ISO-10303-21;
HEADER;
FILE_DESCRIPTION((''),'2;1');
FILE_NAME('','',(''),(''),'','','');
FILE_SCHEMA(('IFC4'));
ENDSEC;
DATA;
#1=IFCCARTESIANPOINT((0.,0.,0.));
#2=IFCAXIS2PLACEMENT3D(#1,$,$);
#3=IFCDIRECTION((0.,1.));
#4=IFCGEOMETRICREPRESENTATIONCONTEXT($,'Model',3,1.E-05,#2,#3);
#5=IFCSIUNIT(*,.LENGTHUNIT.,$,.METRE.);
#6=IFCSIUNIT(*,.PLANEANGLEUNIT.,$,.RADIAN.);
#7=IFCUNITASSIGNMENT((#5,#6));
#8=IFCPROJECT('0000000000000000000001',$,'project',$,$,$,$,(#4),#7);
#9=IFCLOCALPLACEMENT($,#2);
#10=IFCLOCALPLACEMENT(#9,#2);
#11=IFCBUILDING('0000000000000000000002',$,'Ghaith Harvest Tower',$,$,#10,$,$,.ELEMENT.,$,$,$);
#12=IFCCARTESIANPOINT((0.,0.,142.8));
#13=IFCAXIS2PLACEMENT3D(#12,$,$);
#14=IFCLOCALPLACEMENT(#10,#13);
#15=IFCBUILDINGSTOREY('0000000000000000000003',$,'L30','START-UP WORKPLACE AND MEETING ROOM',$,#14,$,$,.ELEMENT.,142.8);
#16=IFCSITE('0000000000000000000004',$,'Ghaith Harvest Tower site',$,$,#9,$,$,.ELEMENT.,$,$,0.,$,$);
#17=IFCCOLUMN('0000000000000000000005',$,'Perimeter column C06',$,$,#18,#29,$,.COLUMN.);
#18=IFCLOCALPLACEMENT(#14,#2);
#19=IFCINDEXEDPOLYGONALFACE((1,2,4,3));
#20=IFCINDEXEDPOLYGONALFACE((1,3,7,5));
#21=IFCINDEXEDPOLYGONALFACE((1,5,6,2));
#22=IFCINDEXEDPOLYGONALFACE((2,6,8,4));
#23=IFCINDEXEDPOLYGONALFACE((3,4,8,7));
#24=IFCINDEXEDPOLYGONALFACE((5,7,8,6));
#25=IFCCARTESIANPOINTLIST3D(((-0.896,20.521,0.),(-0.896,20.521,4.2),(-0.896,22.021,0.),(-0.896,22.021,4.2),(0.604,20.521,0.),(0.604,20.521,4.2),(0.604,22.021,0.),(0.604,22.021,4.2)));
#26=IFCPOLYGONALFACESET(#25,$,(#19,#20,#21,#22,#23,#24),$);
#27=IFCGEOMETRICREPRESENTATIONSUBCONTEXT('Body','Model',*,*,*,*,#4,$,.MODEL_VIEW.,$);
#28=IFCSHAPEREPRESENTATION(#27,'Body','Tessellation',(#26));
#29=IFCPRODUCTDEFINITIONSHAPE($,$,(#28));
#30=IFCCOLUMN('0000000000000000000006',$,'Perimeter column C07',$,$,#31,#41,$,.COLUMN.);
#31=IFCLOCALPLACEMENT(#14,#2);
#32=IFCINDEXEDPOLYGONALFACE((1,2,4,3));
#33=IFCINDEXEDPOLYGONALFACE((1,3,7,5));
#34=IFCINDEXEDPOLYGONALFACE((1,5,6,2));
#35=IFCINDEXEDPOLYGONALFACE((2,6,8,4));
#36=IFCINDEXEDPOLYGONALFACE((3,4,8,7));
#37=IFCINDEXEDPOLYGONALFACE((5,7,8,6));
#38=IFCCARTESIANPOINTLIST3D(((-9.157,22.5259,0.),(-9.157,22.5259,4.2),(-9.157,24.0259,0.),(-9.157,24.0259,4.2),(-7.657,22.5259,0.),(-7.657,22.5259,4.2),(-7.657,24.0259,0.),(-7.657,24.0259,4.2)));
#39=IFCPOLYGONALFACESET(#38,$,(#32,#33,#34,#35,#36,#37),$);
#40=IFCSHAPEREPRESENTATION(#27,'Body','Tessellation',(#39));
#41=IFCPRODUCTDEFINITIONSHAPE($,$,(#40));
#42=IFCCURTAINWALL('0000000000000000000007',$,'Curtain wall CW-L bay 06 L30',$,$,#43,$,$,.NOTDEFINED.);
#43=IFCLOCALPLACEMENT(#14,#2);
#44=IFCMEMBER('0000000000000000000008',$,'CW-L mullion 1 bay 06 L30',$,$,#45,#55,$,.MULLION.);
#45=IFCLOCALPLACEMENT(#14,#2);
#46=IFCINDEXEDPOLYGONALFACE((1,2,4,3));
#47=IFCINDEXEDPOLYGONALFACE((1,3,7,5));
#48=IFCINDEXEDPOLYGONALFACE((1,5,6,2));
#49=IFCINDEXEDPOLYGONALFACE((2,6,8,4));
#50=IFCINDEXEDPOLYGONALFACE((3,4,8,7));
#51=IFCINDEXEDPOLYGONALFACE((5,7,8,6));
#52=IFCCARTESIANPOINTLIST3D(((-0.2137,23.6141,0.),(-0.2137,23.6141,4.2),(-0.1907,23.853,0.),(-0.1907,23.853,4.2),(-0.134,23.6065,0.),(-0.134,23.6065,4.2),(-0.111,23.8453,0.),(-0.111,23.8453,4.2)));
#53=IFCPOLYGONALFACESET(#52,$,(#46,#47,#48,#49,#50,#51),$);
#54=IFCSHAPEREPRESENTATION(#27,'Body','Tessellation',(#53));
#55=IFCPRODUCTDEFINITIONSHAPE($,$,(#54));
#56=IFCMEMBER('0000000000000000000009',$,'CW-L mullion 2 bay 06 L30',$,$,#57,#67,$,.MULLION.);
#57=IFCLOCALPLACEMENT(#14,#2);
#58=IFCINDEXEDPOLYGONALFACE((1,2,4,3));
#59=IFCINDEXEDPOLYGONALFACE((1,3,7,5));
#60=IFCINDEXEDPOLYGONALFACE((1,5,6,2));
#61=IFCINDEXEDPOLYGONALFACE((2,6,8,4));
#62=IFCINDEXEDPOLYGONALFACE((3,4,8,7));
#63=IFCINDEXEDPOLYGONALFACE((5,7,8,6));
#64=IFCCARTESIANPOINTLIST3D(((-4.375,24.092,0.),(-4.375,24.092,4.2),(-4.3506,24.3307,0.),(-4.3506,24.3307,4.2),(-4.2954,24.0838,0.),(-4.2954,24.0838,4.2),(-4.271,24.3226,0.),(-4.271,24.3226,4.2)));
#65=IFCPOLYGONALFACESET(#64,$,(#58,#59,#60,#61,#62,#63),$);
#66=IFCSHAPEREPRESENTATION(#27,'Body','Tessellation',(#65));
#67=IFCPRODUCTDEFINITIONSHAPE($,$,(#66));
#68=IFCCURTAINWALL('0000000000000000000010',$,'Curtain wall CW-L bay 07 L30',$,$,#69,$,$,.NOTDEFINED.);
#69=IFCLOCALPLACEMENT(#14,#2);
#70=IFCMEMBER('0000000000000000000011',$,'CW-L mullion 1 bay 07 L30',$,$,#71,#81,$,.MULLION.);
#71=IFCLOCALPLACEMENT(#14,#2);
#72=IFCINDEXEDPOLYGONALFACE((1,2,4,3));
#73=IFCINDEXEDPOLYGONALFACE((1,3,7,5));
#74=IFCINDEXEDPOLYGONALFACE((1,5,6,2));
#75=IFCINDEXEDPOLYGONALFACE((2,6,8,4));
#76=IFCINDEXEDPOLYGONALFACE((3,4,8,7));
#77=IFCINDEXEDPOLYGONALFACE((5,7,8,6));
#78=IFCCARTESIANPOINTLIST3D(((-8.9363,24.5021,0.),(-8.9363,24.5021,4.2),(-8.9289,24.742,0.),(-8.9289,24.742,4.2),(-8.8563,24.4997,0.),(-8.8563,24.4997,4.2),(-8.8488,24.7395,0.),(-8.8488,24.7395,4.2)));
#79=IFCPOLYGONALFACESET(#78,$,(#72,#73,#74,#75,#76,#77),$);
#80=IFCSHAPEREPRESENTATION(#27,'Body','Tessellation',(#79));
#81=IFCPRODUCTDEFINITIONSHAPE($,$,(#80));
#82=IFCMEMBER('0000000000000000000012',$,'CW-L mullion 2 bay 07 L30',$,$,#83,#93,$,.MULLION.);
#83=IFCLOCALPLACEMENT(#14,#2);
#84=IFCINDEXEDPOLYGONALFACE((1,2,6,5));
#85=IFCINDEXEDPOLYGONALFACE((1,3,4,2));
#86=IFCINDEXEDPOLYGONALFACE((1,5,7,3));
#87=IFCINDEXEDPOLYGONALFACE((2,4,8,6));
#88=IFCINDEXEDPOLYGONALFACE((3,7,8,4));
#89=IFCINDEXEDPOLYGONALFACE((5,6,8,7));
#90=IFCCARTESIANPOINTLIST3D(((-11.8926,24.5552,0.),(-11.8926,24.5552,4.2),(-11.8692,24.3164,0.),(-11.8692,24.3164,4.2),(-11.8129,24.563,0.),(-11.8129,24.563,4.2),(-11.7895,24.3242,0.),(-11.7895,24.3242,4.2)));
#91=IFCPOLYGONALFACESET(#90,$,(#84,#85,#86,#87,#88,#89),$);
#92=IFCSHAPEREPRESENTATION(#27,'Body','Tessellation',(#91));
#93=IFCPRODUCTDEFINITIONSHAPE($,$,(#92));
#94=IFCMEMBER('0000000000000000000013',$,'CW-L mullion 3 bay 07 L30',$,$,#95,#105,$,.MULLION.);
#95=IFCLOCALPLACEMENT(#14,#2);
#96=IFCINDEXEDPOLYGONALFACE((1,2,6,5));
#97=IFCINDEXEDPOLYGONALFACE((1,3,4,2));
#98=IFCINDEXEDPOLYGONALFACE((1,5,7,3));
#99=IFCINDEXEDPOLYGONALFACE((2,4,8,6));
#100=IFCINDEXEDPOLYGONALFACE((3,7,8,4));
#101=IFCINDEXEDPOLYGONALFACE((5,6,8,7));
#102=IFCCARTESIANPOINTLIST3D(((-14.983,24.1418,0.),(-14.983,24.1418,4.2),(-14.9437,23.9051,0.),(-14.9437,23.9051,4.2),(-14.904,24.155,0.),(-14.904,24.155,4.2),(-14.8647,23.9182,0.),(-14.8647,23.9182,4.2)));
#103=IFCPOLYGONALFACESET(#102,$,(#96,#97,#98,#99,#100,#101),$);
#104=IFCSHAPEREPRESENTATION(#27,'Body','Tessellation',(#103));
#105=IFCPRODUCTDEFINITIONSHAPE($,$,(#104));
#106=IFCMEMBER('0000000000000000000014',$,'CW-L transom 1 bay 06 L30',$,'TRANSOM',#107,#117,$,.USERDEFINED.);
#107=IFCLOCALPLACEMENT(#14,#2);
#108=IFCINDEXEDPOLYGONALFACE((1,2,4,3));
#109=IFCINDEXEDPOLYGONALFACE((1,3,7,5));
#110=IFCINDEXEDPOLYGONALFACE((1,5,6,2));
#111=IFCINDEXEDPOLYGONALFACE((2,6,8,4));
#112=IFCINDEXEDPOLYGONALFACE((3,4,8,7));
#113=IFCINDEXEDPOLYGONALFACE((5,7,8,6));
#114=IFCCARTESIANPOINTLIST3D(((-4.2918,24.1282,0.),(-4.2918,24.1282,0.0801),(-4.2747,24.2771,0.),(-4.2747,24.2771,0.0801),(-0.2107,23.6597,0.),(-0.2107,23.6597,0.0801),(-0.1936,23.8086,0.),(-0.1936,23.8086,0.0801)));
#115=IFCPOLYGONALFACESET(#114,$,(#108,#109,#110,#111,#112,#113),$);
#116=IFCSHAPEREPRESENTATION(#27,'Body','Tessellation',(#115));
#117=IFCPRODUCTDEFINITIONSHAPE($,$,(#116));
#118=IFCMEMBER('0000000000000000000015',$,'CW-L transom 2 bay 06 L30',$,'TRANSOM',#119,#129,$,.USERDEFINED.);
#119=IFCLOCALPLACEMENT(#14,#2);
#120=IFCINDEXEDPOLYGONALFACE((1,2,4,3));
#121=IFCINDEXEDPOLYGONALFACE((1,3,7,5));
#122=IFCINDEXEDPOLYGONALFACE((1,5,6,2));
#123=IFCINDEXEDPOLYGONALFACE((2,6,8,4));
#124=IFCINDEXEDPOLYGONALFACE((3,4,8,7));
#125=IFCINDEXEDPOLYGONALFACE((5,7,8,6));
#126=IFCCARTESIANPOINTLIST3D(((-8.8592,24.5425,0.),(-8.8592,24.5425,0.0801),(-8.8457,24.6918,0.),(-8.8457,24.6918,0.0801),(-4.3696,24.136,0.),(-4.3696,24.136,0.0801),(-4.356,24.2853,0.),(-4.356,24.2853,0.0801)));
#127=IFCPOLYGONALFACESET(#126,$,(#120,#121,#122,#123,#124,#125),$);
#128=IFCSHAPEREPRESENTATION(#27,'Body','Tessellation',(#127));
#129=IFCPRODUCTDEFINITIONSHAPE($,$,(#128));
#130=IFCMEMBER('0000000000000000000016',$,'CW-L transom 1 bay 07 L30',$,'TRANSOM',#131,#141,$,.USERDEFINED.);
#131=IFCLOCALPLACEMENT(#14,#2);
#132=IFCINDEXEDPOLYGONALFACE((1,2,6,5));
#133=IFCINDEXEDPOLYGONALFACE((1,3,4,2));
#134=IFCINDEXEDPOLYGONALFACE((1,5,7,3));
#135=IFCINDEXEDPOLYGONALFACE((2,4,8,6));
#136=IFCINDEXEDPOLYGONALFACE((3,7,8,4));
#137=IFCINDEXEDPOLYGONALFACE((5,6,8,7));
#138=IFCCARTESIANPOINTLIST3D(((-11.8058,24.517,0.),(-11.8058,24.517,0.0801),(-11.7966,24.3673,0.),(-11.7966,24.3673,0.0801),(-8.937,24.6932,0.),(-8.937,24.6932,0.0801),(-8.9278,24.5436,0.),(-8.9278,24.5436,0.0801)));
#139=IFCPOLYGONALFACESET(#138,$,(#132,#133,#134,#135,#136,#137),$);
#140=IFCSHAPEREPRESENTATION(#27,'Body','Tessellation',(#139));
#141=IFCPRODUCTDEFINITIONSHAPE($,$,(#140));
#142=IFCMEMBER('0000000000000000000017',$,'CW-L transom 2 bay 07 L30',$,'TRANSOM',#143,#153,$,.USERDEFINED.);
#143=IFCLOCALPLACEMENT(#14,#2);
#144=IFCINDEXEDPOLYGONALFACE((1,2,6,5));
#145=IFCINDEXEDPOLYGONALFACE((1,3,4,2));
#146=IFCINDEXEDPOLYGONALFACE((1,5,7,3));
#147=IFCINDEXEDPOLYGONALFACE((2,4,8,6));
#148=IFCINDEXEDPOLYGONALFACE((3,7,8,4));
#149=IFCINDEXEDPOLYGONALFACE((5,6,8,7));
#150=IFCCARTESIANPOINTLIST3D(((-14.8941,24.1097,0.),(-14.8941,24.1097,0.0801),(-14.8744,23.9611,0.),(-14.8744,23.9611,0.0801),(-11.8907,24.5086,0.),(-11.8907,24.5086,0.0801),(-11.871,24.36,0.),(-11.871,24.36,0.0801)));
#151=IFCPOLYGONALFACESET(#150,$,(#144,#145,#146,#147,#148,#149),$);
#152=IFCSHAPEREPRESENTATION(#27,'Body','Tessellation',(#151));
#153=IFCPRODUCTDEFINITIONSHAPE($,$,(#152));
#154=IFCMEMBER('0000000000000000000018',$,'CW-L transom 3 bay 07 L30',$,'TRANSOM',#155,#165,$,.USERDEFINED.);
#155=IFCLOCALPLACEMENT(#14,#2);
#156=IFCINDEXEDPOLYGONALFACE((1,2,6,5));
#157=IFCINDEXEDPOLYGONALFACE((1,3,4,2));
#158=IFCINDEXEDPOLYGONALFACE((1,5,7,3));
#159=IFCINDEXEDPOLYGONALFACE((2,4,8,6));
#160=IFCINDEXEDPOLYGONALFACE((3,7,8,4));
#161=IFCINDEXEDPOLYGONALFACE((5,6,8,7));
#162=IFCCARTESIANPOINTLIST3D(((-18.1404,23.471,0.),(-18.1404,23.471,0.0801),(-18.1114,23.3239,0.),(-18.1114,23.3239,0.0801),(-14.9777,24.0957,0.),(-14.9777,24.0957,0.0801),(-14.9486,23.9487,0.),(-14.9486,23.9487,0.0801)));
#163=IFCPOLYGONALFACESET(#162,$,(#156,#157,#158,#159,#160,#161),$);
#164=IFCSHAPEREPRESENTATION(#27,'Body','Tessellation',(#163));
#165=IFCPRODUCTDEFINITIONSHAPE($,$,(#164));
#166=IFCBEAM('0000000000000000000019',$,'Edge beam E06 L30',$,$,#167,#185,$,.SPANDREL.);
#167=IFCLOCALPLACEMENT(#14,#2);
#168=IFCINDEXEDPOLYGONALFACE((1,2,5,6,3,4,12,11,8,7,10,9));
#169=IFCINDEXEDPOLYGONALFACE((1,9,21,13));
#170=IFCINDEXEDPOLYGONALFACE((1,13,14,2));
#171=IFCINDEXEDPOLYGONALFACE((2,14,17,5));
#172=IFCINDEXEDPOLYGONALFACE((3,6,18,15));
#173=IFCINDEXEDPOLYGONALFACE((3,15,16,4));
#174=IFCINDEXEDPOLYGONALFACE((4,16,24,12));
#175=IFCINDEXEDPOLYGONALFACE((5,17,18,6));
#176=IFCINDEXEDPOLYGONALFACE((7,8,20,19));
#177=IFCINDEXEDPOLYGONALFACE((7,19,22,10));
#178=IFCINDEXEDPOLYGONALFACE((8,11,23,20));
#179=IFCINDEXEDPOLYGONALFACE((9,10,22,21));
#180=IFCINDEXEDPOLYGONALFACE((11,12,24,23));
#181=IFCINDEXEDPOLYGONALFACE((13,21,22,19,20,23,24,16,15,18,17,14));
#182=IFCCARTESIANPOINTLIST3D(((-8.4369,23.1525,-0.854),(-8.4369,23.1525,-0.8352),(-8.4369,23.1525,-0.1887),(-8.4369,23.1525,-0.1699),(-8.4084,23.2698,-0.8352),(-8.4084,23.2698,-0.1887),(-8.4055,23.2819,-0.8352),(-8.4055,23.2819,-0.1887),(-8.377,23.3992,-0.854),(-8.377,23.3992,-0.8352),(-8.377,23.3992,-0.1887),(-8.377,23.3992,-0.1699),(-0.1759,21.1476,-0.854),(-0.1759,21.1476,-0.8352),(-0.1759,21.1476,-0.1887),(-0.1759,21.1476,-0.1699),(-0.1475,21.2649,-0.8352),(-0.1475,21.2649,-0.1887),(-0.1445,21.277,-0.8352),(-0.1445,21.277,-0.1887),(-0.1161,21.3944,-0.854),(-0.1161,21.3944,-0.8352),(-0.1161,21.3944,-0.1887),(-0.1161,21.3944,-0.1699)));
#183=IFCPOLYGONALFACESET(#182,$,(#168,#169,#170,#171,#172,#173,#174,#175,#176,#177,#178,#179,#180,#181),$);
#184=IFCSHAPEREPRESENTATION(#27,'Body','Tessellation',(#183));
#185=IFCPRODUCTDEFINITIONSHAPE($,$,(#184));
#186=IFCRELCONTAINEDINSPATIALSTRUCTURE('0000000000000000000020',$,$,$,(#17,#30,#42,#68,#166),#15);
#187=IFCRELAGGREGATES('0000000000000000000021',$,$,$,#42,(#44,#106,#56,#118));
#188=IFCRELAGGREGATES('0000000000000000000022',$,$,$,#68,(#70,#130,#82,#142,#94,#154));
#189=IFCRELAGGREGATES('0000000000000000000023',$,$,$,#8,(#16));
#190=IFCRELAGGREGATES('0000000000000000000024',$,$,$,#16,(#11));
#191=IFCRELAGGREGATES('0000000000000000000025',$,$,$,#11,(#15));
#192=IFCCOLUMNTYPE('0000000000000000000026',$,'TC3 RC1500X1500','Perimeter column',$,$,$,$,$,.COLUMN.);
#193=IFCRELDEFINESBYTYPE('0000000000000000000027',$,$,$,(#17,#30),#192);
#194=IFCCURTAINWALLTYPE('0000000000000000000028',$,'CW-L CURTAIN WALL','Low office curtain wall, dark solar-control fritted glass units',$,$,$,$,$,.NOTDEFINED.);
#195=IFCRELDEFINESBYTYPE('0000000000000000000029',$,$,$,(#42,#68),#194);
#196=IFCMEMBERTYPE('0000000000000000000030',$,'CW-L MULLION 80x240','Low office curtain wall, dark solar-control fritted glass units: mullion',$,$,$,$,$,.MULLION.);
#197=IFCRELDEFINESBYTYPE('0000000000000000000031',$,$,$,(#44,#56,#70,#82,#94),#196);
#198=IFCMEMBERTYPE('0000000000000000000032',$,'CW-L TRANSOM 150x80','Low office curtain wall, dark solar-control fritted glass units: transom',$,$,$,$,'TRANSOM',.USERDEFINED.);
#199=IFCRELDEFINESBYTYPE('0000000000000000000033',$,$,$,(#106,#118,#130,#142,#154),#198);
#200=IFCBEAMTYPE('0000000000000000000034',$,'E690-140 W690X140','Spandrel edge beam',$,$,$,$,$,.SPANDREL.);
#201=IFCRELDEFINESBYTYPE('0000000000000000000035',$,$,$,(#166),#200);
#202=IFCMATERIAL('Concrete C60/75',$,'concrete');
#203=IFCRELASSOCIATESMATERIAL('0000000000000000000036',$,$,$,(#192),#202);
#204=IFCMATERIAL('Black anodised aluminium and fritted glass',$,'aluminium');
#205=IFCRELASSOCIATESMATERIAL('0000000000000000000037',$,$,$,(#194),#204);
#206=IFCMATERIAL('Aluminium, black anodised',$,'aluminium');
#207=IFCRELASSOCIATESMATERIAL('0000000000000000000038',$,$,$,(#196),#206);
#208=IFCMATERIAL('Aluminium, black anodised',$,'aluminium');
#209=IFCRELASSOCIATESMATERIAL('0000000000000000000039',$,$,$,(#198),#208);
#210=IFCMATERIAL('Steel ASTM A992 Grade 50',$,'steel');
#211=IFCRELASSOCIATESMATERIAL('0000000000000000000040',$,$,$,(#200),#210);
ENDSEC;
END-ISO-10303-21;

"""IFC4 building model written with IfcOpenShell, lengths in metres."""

from ifc_helpers import new_model, si_unit, direction, frame, origin, origin_2d, place, context, subcontext, project, spatial, rectangle, i_section, extrude, material, material_profile, profile_set, type_object, element, aggregate, save


model = new_model("IFC4")

# Units and contexts
model_context = context("Model", 3, precision=1e-05, world=origin(), true_north=direction((0.0, 1.0)))
body_context = subcontext(model_context, "Body", "Model", "MODEL_VIEW")
ifc_project = project(units=[si_unit("LENGTHUNIT", "METRE"), si_unit("PLANEANGLEUNIT", "RADIAN")], contexts=[model_context])

# Site, building, storey
site_placement = place(None, origin())
site = spatial("IfcSite", under=ifc_project, at=site_placement, Name="Ghaith Harvest Tower site", CompositionType="ELEMENT", RefElevation=0.0)
building_placement = place(site_placement, origin())
building = spatial("IfcBuilding", under=site, at=building_placement, Name="Ghaith Harvest Tower", CompositionType="ELEMENT")
storey_placement = place(building_placement, frame((0.0, 0.0, 142.8)))
storey = spatial("IfcBuildingStorey", under=building, at=storey_placement, Name="L30", Description="START-UP WORKPLACE AND MEETING ROOM", CompositionType="ELEMENT", Elevation=142.8)

# Columns
ifc_material_1 = material(Name="Concrete C60/75", Category="concrete")
ifc_material_profile_1 = material_profile(ifc_material_1, rectangle(XDim=1.5, YDim=1.5, at=origin_2d()), Name="RC1500X1500")
ifc_profile_set_1 = profile_set([ifc_material_profile_1], Name="Concrete C60/75")
column_type = type_object("IfcColumnType", Name="TC3 RC1500X1500", Description="Perimeter column", PredefinedType="COLUMN", material=ifc_profile_set_1)
for number, where, z_axis, x_axis, name in (
    (1, (-0.146, 21.271, 0.0), (0.0, 0.0, 1.0), (1.0, 0.0, 0.0), "Perimeter column C06"),
    (2, (-8.407, 23.2759, 0.0), (0.0, 0.0, 1.0), (1.0, 0.0, 0.0), "Perimeter column C07"),
):
    element("IfcColumn", number, at=place(storey_placement, frame(where, z_axis=z_axis, x_axis=x_axis)), inside=storey, type_object=column_type, Name=name, PredefinedType="COLUMN", context=body_context, shape_type="SweptSolid", body=[
        extrude(rectangle(XDim=1.5, YDim=1.5, at=origin_2d()), origin(), (0.0, 0.0, 1.0), 4.2),
    ])

# Curtain walls, members
ifc_material_2 = material(Name="Black anodised aluminium and fritted glass", Category="aluminium")
curtain_wall_type = type_object("IfcCurtainWallType", Name="CW-L CURTAIN WALL", Description="Low office curtain wall, dark solar-control fritted glass units", PredefinedType="NOTDEFINED", material=ifc_material_2)
curtain_wall_1_placement = place(storey_placement, origin())
curtain_wall_1 = element("IfcCurtainWall", 3, at=curtain_wall_1_placement, inside=storey, type_object=curtain_wall_type, Name="Curtain wall CW-L bay 06 L30", PredefinedType="NOTDEFINED")
ifc_material_3 = material(Name="Aluminium, black anodised", Category="aluminium")
ifc_material_profile_2 = material_profile(ifc_material_3, rectangle(XDim=0.0801, YDim=0.24, at=origin_2d()), Name="CW-L MULLION 80x240")
ifc_profile_set_2 = profile_set([ifc_material_profile_2], Name="Aluminium, black anodised")
member_type_1 = type_object("IfcMemberType", Name="CW-L MULLION 80x240", Description="Low office curtain wall, dark solar-control fritted glass units: mullion", PredefinedType="MULLION", material=ifc_profile_set_2)
member_1_placement = place(storey_placement, frame((-0.1624, 23.7297, 0.0), z_axis=(0.0, 0.0, 1.0), x_axis=(-0.995388, 0.09593, 0.0)))
member_1 = element("IfcMember", 4, at=member_1_placement, type_object=member_type_1, Name="CW-L mullion 1 bay 06 L30", PredefinedType="MULLION", context=body_context, shape_type="SweptSolid", body=[
    extrude(rectangle(XDim=0.0801, YDim=0.24, at=origin_2d()), origin(), (0.0, 0.0, 1.0), 4.2),
])
member_2_placement = place(storey_placement, frame((-4.323, 24.2073, 0.0), z_axis=(0.0, 0.0, 1.0), x_axis=(-0.99483, 0.101551, 0.0)))
member_2 = element("IfcMember", 5, at=member_2_placement, type_object=member_type_1, Name="CW-L mullion 2 bay 06 L30", PredefinedType="MULLION", context=body_context, shape_type="SweptSolid", body=[
    extrude(rectangle(XDim=0.0801, YDim=0.24, at=origin_2d()), origin(), (0.0, 0.0, 1.0), 4.2),
])
curtain_wall_2_placement = place(storey_placement, origin())
curtain_wall_2 = element("IfcCurtainWall", 6, at=curtain_wall_2_placement, inside=storey, type_object=curtain_wall_type, Name="Curtain wall CW-L bay 07 L30", PredefinedType="NOTDEFINED")
member_3_placement = place(storey_placement, frame((-8.8926, 24.6208, 0.0), z_axis=(0.0, 0.0, 1.0), x_axis=(-0.999522, 0.030909, 0.0)))
member_3 = element("IfcMember", 7, at=member_3_placement, type_object=member_type_1, Name="CW-L mullion 1 bay 07 L30", PredefinedType="MULLION", context=body_context, shape_type="SweptSolid", body=[
    extrude(rectangle(XDim=0.0801, YDim=0.24, at=origin_2d()), origin(), (0.0, 0.0, 1.0), 4.2),
])
member_4_placement = place(storey_placement, frame((-11.8411, 24.4397, 0.0), z_axis=(0.0, 0.0, 1.0), x_axis=(-0.995238, -0.09748, 0.0)))
member_4 = element("IfcMember", 8, at=member_4_placement, type_object=member_type_1, Name="CW-L mullion 2 bay 07 L30", PredefinedType="MULLION", context=body_context, shape_type="SweptSolid", body=[
    extrude(rectangle(XDim=0.0801, YDim=0.24, at=origin_2d()), origin(), (0.0, 0.0, 1.0), 4.2),
])
member_5_placement = place(storey_placement, frame((-14.9238, 24.03, 0.0), z_axis=(0.0, 0.0, 1.0), x_axis=(-0.986495, -0.163794, 0.0)))
member_5 = element("IfcMember", 9, at=member_5_placement, type_object=member_type_1, Name="CW-L mullion 3 bay 07 L30", PredefinedType="MULLION", context=body_context, shape_type="SweptSolid", body=[
    extrude(rectangle(XDim=0.0801, YDim=0.24, at=origin_2d()), origin(), (0.0, 0.0, 1.0), 4.2),
])

# Members
ifc_material_4 = material(Name="Aluminium, black anodised", Category="aluminium")
ifc_material_profile_3 = material_profile(ifc_material_4, rectangle(XDim=0.1499, YDim=0.0801, at=origin_2d()), Name="CW-L TRANSOM 150x80")
ifc_profile_set_3 = profile_set([ifc_material_profile_3], Name="Aluminium, black anodised")
member_type_2 = type_object("IfcMemberType", Name="CW-L TRANSOM 150x80", Description="Low office curtain wall, dark solar-control fritted glass units: transom", ElementType="TRANSOM", PredefinedType="USERDEFINED", material=ifc_profile_set_3)
member_6_placement = place(storey_placement, frame((-0.2021, 23.7341, 0.04), z_axis=(-0.993475, 0.114051, 0.0), x_axis=(-0.114051, -0.993475, 0.0)))
member_6 = element("IfcMember", 10, at=member_6_placement, type_object=member_type_2, Name="CW-L transom 1 bay 06 L30", ObjectType="TRANSOM", PredefinedType="USERDEFINED", context=body_context, shape_type="SweptSolid", body=[
    extrude(rectangle(XDim=0.1499, YDim=0.0801, at=origin_2d()), origin(), (0.0, 0.0, 1.0), 4.1079),
])
member_7_placement = place(storey_placement, frame((-4.3628, 24.2107, 0.04), z_axis=(-0.995926, 0.09017, 0.0), x_axis=(-0.09017, -0.995926, 0.0)))
member_7 = element("IfcMember", 11, at=member_7_placement, type_object=member_type_2, Name="CW-L transom 2 bay 06 L30", ObjectType="TRANSOM", PredefinedType="USERDEFINED", context=body_context, shape_type="SweptSolid", body=[
    extrude(rectangle(XDim=0.1499, YDim=0.0801, at=origin_2d()), origin(), (0.0, 0.0, 1.0), 4.5081),
])
member_8_placement = place(storey_placement, frame((-8.9324, 24.6184, 0.04), z_axis=(-0.998118, -0.061326, 0.0), x_axis=(0.061326, -0.998118, 0.0)))
member_8 = element("IfcMember", 12, at=member_8_placement, type_object=member_type_2, Name="CW-L transom 1 bay 07 L30", ObjectType="TRANSOM", PredefinedType="USERDEFINED", context=body_context, shape_type="SweptSolid", body=[
    extrude(rectangle(XDim=0.1499, YDim=0.0801, at=origin_2d()), origin(), (0.0, 0.0, 1.0), 2.8743),
])
member_9_placement = place(storey_placement, frame((-11.8809, 24.4343, 0.04), z_axis=(-0.991294, -0.131668, 0.0), x_axis=(0.131668, -0.991294, 0.0)))
member_9 = element("IfcMember", 13, at=member_9_placement, type_object=member_type_2, Name="CW-L transom 2 bay 07 L30", ObjectType="TRANSOM", PredefinedType="USERDEFINED", context=body_context, shape_type="SweptSolid", body=[
    extrude(rectangle(XDim=0.1499, YDim=0.0801, at=origin_2d()), origin(), (0.0, 0.0, 1.0), 3.0298),
])
member_10_placement = place(storey_placement, frame((-14.9631, 24.0222, 0.04), z_axis=(-0.981044, -0.193786, 0.0), x_axis=(0.193786, -0.981044, 0.0)))
member_10 = element("IfcMember", 14, at=member_10_placement, type_object=member_type_2, Name="CW-L transom 3 bay 07 L30", ObjectType="TRANSOM", PredefinedType="USERDEFINED", context=body_context, shape_type="SweptSolid", body=[
    extrude(rectangle(XDim=0.1499, YDim=0.0801, at=origin_2d()), origin(), (0.0, 0.0, 1.0), 3.2239),
])

# Beam
ifc_material_5 = material(Name="Steel ASTM A992 Grade 50", Category="steel")
ifc_material_profile_4 = material_profile(ifc_material_5, i_section(OverallWidth=0.2539, OverallDepth=0.6841, WebThickness=0.0125, FlangeThickness=0.0188, at=origin_2d()), Name="W690X140")
ifc_profile_set_4 = profile_set([ifc_material_profile_4], Name="Steel ASTM A992 Grade 50")
beam_type = type_object("IfcBeamType", Name="E690-140 W690X140", Description="Spandrel edge beam", PredefinedType="SPANDREL", material=ifc_profile_set_4)
beam_1_placement = place(storey_placement, frame((-0.146, 21.271, -0.512), z_axis=(-0.97179, 0.235847, 0.0), x_axis=(-0.235847, -0.97179, 0.0)))
element("IfcBeam", 15, at=beam_1_placement, inside=storey, type_object=beam_type, Name="Edge beam E06 L30", PredefinedType="SPANDREL", context=body_context, shape_type="SweptSolid", body=[
    extrude(i_section(OverallWidth=0.2539, OverallDepth=0.6841, WebThickness=0.0125, FlangeThickness=0.0188, at=origin_2d()), origin(), (0.0, 0.0, 1.0), 8.5007),
])

aggregate(curtain_wall_1, [member_1, member_6, member_2, member_7])
aggregate(curtain_wall_2, [member_3, member_8, member_4, member_9, member_5, member_10])

save(model, "model.ifc")
